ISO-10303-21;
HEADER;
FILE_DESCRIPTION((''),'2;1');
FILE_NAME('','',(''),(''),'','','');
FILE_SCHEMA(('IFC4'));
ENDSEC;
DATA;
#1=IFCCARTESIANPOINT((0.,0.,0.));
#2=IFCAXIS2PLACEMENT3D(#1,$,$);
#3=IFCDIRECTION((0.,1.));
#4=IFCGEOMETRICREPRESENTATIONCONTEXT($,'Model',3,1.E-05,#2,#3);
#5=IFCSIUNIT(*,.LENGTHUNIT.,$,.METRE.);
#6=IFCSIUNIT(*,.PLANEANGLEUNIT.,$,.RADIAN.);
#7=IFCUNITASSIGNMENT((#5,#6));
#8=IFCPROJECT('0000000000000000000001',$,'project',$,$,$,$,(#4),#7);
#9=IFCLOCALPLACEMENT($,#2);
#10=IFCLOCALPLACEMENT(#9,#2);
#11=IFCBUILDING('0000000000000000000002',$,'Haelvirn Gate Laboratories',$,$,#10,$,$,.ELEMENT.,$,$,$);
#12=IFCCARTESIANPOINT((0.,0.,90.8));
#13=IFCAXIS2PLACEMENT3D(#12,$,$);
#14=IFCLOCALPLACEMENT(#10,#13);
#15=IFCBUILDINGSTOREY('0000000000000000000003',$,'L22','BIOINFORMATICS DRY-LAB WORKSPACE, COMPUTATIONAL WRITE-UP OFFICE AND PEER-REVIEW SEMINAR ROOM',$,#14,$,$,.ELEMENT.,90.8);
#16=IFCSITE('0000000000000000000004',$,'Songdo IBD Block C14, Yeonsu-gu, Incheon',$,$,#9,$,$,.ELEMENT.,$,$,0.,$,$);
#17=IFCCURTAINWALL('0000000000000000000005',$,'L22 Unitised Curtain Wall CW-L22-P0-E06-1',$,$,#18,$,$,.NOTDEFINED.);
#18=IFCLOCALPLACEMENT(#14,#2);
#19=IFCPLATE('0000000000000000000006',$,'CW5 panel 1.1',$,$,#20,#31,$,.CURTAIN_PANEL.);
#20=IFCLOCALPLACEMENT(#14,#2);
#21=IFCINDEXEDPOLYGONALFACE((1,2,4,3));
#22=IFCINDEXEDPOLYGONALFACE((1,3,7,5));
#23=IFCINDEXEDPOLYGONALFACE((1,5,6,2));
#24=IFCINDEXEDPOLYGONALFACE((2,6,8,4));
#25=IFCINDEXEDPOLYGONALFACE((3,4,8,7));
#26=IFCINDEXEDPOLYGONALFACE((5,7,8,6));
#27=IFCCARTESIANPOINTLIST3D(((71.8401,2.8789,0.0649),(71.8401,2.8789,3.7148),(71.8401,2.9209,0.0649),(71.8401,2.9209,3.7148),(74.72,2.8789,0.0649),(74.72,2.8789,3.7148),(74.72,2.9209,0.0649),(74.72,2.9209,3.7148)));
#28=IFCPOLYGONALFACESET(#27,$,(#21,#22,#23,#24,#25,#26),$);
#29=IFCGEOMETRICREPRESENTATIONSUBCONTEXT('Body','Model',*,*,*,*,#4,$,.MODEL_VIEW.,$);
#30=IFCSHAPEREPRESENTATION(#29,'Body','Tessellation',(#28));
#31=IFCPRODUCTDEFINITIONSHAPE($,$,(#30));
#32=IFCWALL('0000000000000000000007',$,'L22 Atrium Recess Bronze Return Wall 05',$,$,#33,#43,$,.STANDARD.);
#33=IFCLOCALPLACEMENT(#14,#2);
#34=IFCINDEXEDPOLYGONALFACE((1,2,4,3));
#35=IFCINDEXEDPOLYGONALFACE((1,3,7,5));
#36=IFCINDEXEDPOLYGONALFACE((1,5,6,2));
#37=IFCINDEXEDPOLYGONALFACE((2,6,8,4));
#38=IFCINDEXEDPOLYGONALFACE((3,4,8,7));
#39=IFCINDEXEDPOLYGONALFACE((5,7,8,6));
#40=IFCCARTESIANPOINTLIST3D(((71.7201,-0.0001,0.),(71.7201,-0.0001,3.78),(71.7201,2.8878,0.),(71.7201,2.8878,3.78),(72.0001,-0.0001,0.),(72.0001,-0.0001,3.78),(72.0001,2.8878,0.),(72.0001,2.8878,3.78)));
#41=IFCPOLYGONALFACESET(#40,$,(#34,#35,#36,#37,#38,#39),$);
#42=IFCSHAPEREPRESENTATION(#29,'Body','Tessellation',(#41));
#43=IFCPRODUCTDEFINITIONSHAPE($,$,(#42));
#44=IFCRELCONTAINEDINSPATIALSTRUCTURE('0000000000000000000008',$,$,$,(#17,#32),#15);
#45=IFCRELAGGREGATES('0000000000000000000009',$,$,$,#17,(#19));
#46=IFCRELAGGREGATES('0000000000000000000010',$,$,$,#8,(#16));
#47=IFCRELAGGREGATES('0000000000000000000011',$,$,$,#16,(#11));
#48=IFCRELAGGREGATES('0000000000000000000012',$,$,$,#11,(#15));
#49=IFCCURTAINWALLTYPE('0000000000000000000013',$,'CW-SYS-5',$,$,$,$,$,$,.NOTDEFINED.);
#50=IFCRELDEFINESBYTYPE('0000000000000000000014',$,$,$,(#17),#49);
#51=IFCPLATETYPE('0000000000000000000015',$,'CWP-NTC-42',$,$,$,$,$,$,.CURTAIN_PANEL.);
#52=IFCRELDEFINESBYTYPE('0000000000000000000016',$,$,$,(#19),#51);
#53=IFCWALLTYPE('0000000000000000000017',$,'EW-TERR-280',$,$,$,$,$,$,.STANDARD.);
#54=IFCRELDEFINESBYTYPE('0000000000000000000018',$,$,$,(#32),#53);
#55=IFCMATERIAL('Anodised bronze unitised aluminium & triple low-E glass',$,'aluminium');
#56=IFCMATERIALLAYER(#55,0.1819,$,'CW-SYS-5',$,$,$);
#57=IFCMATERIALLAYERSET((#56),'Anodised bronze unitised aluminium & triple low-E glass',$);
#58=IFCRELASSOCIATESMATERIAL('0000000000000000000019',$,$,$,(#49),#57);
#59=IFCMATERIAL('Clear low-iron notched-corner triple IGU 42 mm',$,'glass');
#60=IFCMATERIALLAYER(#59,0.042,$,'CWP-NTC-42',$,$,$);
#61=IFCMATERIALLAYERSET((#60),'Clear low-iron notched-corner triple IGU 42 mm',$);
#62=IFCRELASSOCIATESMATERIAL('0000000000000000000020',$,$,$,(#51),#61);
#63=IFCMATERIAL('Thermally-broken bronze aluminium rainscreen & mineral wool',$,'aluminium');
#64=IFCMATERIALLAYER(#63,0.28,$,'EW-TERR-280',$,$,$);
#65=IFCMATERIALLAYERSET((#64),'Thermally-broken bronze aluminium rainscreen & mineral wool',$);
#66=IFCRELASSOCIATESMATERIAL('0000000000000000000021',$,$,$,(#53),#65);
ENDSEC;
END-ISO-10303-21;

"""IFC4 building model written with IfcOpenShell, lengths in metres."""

from ifc_helpers import new_model, si_unit, direction, frame, frame_2d, origin, origin_2d, place, context, subcontext, project, spatial, rectangle, extrude, source, transform, mapped, material, layer, layer_set, type_object, type_shapes, element, aggregate, save


model = new_model("IFC4")

# Units and contexts
model_context = context("Model", 3, precision=1e-05, world=origin(), true_north=direction((0.0, 1.0)))
body_context = subcontext(model_context, "Body", "Model", "MODEL_VIEW")
ifc_project = project(units=[si_unit("LENGTHUNIT", "METRE"), si_unit("PLANEANGLEUNIT", "RADIAN")], contexts=[model_context])

# Site, building, storey
site_placement = place(None, origin())
site = spatial("IfcSite", under=ifc_project, at=site_placement, Name="Songdo IBD Block C14, Yeonsu-gu, Incheon", CompositionType="ELEMENT", RefElevation=0.0)
building_placement = place(site_placement, origin())
building = spatial("IfcBuilding", under=site, at=building_placement, Name="Haelvirn Gate Laboratories", CompositionType="ELEMENT")
storey_placement = place(building_placement, frame((0.0, 0.0, 90.8)))
storey = spatial("IfcBuildingStorey", under=building, at=storey_placement, Name="L22", Description="BIOINFORMATICS DRY-LAB WORKSPACE, COMPUTATIONAL WRITE-UP OFFICE AND PEER-REVIEW SEMINAR ROOM", CompositionType="ELEMENT", Elevation=90.8)

# Shared definitions
ifc_material_1 = material(Name="Anodised bronze unitised aluminium & triple low-E glass", Category="aluminium")

# Curtain wall
ifc_layer_1 = layer(ifc_material_1, 0.1819, Name="CW-SYS-5")
ifc_layer_set_1 = layer_set([ifc_layer_1], Name="Anodised bronze unitised aluminium & triple low-E glass")
curtain_wall_type_1 = type_object("IfcCurtainWallType", Name="CW-SYS-5", PredefinedType="NOTDEFINED", material=ifc_layer_set_1)
curtain_wall_1_placement = place(storey_placement, origin())
curtain_wall_1 = element("IfcCurtainWall", 1, at=curtain_wall_1_placement, inside=storey, type_object=curtain_wall_type_1, Name="L22 Unitised Curtain Wall CW-L22-P0-E06-1", PredefinedType="NOTDEFINED")

# Plate
ifc_material_2 = material(Name="Clear low-iron notched-corner triple IGU 42 mm", Category="glass")
ifc_layer_2 = layer(ifc_material_2, 0.042, Name="CWP-NTC-42")
ifc_layer_set_2 = layer_set([ifc_layer_2], Name="Clear low-iron notched-corner triple IGU 42 mm")
plate_type_1 = type_object("IfcPlateType", Name="CWP-NTC-42", PredefinedType="CURTAIN_PANEL", material=ifc_layer_set_2)
shared_shape_1 = source(origin(), body_context, "Body", "SweptSolid", [
    extrude(rectangle(XDim=2.8799, YDim=0.042, at=origin_2d()), origin(), (0.0, 0.0, 1.0), 3.6499),
])
type_shapes(plate_type_1, [shared_shape_1])
plate_1_placement = place(storey_placement, frame((73.28, 2.8999, 0.0649), z_axis=(0.0, 0.0, 1.0), x_axis=(1.0, 0.0, 0.0)))
plate_1 = element("IfcPlate", 2, at=plate_1_placement, type_object=plate_type_1, Name="CW5 panel 1.1", PredefinedType="CURTAIN_PANEL", context=body_context, shape_type="MappedRepresentation", body=[
    mapped(shared_shape_1, transform((0.0, 0.0, 0.0), scale=1.0)),
])
aggregate(curtain_wall_1, [plate_1])

# Wall
ifc_material_3 = material(Name="Thermally-broken bronze aluminium rainscreen & mineral wool", Category="aluminium")
ifc_layer_3 = layer(ifc_material_3, 0.28, Name="EW-TERR-280")
ifc_layer_set_3 = layer_set([ifc_layer_3], Name="Thermally-broken bronze aluminium rainscreen & mineral wool")
wall_type = type_object("IfcWallType", Name="EW-TERR-280", PredefinedType="STANDARD", material=ifc_layer_set_3)
wall_placement = place(storey_placement, frame((71.8601, 0.0, 0.0), z_axis=(0.0, 0.0, 1.0), x_axis=(0.0, 1.0, 0.0)))
element("IfcWall", 3, at=wall_placement, inside=storey, type_object=wall_type, Name="L22 Atrium Recess Bronze Return Wall 05", PredefinedType="STANDARD", context=body_context, shape_type="SweptSolid", body=[
    extrude(rectangle(XDim=2.8879, YDim=0.28, at=frame_2d((1.4438, 0.0))), origin(), (0.0, 0.0, 1.0), 3.78),
])

save(model, "model.ifc")
